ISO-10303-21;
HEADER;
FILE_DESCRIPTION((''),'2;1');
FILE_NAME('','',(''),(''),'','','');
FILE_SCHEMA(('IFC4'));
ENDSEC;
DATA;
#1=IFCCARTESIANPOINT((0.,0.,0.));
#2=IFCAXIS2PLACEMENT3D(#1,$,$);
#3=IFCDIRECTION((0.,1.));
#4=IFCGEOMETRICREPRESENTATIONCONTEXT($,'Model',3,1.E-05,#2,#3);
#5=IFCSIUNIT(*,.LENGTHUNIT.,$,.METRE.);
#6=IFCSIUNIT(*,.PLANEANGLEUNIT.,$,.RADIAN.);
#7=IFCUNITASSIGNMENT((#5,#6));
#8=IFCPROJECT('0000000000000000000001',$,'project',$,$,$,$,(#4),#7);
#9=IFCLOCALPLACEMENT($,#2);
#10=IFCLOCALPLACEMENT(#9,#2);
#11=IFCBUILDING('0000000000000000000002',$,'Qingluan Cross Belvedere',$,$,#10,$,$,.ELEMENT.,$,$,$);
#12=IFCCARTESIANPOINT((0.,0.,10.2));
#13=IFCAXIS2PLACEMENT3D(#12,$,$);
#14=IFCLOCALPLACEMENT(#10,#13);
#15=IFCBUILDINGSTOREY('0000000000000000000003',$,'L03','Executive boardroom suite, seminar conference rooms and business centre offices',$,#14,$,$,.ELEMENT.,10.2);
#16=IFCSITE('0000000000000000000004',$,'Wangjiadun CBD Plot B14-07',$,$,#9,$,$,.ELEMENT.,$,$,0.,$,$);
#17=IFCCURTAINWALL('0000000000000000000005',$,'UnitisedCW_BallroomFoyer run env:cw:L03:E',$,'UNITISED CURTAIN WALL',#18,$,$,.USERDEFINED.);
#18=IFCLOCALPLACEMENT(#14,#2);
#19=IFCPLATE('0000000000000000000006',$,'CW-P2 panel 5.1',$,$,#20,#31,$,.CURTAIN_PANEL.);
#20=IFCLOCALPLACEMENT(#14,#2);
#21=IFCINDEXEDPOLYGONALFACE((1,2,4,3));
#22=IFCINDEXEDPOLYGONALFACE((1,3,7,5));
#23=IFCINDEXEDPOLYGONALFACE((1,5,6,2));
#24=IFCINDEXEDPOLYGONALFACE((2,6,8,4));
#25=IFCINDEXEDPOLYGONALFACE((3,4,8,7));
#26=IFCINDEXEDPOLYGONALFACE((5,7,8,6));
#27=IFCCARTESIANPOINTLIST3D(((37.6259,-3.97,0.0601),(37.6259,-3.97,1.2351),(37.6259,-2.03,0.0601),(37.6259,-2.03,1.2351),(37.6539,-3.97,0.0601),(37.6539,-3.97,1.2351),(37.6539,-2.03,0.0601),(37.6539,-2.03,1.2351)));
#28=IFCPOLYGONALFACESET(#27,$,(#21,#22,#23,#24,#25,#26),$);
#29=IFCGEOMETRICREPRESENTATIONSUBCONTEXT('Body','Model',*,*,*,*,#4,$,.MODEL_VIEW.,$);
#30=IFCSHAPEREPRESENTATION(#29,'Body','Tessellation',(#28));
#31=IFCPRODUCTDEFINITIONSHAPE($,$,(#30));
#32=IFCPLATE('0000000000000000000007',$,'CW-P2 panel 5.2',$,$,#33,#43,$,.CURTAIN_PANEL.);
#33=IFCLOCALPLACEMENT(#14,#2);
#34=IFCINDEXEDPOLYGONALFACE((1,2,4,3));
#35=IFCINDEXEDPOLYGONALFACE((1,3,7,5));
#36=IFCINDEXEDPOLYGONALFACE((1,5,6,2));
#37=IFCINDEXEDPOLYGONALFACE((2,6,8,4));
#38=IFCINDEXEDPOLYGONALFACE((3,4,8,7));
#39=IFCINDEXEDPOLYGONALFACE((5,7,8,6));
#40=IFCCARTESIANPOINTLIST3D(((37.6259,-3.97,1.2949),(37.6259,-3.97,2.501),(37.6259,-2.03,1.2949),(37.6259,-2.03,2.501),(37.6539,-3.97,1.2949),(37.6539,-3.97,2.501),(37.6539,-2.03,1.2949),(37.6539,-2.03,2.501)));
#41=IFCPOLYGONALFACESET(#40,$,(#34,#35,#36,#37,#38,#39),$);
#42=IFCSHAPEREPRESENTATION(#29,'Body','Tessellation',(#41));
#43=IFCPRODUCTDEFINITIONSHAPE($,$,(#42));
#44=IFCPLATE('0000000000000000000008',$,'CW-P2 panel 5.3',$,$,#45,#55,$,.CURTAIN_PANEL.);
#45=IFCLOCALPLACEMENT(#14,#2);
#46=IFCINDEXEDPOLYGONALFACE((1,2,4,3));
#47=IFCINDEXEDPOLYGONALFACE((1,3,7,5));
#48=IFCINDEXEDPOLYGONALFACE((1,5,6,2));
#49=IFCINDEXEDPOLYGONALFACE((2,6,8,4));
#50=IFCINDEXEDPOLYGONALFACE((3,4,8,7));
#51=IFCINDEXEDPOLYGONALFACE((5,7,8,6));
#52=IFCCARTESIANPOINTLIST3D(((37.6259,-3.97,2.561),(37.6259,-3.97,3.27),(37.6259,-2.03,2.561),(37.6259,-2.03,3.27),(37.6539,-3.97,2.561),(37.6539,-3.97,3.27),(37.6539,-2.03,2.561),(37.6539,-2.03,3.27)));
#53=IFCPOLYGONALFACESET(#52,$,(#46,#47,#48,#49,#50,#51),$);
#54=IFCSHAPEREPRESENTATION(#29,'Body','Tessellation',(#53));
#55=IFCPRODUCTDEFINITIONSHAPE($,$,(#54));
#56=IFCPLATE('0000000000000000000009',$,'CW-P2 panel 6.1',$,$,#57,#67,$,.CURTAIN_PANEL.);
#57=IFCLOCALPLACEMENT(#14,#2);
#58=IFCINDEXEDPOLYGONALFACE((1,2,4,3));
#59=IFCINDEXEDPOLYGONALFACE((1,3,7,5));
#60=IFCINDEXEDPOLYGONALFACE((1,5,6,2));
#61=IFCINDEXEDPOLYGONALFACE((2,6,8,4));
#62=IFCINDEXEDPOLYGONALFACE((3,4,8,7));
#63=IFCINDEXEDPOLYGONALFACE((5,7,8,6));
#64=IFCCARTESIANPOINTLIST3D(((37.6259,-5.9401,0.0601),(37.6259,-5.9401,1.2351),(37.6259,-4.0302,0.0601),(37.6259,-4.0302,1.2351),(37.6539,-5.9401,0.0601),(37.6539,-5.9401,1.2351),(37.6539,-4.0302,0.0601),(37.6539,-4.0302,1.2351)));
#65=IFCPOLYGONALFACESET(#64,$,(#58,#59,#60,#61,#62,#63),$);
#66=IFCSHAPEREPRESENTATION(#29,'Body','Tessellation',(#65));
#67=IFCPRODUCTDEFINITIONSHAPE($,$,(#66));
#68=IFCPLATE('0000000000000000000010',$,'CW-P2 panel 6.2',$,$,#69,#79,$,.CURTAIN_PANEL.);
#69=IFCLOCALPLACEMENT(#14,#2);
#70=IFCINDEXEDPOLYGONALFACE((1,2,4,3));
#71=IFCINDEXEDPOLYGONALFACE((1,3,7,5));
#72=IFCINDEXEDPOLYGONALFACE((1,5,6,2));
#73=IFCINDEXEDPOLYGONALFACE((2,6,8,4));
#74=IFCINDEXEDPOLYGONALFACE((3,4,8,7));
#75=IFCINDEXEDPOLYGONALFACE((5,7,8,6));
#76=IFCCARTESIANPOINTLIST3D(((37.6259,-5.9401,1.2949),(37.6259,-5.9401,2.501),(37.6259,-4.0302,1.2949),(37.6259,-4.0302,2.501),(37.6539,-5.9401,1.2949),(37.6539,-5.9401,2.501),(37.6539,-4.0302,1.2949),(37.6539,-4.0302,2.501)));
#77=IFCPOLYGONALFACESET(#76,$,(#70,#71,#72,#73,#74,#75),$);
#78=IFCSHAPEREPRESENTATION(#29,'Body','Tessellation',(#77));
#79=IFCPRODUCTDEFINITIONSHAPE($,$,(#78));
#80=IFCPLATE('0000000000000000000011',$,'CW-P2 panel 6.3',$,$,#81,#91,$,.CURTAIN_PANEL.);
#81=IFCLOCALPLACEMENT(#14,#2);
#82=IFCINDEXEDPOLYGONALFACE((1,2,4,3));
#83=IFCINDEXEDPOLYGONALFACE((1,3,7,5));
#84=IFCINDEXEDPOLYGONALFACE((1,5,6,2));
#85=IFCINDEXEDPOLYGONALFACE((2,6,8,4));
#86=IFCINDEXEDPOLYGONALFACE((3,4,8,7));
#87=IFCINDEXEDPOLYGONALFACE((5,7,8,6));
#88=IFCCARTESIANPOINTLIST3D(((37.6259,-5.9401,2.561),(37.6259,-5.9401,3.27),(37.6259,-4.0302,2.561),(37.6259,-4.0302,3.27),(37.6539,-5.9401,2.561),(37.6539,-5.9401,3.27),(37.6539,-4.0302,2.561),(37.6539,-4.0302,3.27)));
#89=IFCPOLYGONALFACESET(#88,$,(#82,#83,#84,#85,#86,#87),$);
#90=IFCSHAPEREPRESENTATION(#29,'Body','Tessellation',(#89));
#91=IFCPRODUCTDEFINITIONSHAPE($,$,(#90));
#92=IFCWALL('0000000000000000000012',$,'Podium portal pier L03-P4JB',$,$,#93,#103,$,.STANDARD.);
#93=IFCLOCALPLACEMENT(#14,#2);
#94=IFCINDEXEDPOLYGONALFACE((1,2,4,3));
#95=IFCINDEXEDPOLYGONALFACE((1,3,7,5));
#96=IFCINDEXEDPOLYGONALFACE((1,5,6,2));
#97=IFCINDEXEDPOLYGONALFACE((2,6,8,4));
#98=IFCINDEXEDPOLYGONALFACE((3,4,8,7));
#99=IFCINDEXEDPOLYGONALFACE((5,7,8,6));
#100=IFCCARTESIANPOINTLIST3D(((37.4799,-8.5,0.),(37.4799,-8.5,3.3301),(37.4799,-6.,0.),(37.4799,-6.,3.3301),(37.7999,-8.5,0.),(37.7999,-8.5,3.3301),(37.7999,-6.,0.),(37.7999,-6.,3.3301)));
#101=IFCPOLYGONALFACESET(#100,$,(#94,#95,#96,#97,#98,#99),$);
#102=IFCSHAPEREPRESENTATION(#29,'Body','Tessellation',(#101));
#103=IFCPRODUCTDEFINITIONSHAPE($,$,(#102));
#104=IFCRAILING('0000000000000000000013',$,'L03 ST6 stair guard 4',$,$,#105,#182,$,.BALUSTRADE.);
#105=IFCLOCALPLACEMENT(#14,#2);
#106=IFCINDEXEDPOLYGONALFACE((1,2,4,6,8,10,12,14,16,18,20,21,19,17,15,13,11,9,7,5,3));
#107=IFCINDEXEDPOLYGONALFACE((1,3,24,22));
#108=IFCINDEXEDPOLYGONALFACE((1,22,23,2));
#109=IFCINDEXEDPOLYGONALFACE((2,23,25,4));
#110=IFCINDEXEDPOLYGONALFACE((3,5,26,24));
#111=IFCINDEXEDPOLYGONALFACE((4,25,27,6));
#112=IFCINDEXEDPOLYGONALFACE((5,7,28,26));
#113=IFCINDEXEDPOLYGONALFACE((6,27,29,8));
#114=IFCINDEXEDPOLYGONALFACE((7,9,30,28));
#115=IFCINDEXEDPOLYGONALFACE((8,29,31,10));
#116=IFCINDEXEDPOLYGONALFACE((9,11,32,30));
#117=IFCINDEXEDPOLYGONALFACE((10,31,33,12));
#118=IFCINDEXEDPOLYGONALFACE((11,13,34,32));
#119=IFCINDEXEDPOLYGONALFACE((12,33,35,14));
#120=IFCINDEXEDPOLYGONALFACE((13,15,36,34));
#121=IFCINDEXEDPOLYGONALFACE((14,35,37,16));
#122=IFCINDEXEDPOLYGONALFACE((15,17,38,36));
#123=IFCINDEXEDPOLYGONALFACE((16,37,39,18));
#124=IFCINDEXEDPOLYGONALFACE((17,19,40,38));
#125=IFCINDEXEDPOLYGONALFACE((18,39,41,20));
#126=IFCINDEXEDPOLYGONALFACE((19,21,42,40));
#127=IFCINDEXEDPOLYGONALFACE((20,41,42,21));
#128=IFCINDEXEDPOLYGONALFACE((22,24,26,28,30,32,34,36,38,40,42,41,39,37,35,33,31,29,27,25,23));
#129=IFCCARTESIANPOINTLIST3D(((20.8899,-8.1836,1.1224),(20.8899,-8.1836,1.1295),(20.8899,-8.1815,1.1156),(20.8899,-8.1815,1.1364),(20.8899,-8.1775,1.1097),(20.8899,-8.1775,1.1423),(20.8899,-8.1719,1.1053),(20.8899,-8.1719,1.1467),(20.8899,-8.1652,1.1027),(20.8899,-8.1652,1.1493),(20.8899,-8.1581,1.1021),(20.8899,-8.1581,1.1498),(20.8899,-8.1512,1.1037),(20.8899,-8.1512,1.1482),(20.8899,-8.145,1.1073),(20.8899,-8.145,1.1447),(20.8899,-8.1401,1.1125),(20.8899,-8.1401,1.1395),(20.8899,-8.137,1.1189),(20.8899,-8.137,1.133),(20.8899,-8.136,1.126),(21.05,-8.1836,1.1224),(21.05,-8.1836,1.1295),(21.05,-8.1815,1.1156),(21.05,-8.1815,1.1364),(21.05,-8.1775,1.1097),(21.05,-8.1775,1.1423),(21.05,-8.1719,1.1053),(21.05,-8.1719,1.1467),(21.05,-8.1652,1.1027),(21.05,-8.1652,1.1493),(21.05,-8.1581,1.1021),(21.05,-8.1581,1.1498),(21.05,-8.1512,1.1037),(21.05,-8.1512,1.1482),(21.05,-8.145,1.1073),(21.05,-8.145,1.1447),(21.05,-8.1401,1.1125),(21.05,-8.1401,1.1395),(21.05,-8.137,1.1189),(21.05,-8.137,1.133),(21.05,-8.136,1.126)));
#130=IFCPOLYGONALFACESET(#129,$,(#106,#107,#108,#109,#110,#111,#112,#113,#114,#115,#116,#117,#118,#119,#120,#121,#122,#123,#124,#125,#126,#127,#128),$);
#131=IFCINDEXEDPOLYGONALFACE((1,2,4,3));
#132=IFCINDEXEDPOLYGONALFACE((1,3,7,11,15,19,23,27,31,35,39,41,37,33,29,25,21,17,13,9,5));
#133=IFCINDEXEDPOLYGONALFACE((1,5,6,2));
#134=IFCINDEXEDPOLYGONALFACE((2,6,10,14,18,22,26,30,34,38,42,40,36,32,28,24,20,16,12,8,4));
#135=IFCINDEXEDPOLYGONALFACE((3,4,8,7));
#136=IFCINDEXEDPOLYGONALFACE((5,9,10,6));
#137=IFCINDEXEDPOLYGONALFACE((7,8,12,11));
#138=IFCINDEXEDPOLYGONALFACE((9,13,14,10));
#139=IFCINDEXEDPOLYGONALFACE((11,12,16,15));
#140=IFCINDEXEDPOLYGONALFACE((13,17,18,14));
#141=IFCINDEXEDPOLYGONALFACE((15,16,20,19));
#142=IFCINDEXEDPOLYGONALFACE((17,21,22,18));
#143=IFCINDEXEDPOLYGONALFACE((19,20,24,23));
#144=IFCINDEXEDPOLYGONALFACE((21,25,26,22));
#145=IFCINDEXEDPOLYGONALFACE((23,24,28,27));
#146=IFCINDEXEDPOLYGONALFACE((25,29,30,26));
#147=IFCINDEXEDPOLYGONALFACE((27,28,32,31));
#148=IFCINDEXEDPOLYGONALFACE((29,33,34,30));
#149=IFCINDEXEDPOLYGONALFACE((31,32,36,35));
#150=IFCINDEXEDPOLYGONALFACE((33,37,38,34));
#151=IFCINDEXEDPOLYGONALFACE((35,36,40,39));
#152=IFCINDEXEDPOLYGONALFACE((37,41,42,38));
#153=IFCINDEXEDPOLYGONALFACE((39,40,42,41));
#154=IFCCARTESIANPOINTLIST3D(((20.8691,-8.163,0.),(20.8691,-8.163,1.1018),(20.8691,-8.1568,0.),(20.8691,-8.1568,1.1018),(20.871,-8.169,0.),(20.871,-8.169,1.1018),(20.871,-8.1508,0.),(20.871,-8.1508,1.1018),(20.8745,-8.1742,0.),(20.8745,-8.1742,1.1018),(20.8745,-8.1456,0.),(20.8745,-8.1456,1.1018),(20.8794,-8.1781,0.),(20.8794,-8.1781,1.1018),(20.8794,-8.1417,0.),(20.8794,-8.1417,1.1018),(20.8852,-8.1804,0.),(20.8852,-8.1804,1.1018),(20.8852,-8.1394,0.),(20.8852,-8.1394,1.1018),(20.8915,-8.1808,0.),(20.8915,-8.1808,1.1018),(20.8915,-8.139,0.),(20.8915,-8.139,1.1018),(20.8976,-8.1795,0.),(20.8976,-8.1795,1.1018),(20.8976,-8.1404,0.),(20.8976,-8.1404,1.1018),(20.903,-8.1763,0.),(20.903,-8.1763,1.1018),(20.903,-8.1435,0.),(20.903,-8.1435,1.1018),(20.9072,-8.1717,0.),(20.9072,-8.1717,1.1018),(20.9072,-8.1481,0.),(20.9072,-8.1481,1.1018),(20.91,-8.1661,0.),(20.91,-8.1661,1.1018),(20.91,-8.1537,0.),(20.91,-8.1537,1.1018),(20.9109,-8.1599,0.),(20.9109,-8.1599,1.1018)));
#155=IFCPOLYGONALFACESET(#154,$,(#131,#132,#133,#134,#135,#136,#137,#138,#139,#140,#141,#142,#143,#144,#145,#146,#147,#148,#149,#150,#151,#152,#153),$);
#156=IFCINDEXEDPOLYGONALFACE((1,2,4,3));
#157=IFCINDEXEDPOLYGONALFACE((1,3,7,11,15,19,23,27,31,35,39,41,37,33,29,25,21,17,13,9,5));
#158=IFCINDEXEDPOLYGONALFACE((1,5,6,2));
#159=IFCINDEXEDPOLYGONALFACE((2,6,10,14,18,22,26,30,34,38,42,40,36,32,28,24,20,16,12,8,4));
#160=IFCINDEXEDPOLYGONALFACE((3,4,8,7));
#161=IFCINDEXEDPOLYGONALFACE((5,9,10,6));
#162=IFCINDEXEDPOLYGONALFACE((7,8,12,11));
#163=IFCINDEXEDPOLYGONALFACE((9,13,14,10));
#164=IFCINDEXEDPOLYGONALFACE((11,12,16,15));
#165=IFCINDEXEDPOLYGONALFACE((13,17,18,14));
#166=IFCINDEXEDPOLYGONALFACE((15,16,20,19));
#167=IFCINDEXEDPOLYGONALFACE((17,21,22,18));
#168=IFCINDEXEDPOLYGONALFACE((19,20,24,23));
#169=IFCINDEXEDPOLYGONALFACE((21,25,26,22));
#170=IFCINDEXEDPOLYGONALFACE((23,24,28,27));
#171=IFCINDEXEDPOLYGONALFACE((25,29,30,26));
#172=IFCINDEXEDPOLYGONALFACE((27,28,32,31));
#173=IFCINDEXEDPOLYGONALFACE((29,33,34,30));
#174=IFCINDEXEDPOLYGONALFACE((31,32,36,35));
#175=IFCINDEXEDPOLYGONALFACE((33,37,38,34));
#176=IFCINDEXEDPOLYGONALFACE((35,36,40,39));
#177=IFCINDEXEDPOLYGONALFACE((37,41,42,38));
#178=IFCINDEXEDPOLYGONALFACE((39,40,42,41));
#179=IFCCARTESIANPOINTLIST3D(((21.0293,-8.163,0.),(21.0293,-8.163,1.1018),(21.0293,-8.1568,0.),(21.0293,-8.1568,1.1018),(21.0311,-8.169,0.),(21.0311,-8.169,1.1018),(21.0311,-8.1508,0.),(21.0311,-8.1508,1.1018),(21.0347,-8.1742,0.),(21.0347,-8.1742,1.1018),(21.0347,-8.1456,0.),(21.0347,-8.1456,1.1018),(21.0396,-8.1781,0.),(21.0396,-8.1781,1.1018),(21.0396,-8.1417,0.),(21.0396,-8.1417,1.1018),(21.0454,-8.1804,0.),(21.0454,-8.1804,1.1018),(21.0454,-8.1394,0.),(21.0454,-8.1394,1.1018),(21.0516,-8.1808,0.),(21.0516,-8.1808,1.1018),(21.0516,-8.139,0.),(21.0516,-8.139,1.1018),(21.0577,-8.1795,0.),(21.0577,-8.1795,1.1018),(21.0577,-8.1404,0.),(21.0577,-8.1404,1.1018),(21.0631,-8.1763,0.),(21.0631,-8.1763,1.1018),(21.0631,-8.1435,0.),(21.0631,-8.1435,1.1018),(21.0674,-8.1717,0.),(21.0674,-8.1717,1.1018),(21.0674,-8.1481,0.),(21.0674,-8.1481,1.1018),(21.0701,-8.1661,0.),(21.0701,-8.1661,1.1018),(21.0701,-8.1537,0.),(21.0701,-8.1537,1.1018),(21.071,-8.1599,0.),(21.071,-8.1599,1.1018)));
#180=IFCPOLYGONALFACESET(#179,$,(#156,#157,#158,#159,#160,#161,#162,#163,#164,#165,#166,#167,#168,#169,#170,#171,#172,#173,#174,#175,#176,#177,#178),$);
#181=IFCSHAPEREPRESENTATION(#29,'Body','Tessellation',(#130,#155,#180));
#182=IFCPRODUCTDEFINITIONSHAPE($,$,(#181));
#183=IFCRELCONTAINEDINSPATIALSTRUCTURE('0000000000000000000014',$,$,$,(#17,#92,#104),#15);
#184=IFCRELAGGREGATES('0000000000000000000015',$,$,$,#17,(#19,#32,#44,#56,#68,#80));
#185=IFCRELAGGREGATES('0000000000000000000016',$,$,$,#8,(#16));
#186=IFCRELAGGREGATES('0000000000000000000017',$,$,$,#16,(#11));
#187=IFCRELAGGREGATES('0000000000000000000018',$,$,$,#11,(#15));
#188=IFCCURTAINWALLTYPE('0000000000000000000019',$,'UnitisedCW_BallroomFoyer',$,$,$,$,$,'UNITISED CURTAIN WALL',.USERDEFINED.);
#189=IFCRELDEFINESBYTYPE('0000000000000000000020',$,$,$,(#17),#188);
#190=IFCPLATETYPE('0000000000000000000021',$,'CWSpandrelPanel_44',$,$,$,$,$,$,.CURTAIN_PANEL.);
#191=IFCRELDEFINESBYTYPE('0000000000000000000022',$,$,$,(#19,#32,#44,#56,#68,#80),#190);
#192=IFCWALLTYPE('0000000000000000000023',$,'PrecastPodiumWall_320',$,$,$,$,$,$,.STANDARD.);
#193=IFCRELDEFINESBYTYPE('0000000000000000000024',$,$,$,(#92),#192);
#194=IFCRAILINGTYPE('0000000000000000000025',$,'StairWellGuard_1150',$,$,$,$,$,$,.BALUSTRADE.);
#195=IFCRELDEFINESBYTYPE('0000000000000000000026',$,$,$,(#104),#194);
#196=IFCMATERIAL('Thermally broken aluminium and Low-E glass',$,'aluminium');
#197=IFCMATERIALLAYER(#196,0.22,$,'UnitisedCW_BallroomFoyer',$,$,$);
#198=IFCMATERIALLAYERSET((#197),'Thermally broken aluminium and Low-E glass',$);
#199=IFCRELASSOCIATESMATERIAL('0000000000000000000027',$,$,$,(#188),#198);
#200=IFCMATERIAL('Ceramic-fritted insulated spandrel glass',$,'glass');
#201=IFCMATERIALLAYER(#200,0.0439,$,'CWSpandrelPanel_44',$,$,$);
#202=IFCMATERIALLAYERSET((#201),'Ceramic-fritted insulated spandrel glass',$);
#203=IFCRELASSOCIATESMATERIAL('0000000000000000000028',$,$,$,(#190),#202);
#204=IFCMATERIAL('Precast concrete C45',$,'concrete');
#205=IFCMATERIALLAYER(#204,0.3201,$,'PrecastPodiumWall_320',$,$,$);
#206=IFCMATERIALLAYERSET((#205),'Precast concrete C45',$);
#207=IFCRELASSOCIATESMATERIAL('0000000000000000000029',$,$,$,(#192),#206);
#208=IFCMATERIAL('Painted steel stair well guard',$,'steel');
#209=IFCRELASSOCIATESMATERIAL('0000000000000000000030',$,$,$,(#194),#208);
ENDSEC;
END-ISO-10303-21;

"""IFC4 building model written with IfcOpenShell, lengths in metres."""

from ifc_helpers import new_model, si_unit, direction, frame, frame_2d, origin, origin_2d, place, context, subcontext, project, spatial, rectangle, circle, extrude, material, layer, layer_set, type_object, element, aggregate, save


model = new_model("IFC4")

# Units and contexts
model_context = context("Model", 3, precision=1e-05, world=origin(), true_north=direction((0.0, 1.0)))
body_context = subcontext(model_context, "Body", "Model", "MODEL_VIEW")
ifc_project = project(units=[si_unit("LENGTHUNIT", "METRE"), si_unit("PLANEANGLEUNIT", "RADIAN")], contexts=[model_context])

# Site, building, storey
site_placement = place(None, origin())
site = spatial("IfcSite", under=ifc_project, at=site_placement, Name="Wangjiadun CBD Plot B14-07", CompositionType="ELEMENT", RefElevation=0.0)
building_placement = place(site_placement, origin())
building = spatial("IfcBuilding", under=site, at=building_placement, Name="Qingluan Cross Belvedere", CompositionType="ELEMENT")
storey_placement = place(building_placement, frame((0.0, 0.0, 10.2)))
storey = spatial("IfcBuildingStorey", under=building, at=storey_placement, Name="L03", Description="Executive boardroom suite, seminar conference rooms and business centre offices", CompositionType="ELEMENT", Elevation=10.2)

# Curtain wall
ifc_material_1 = material(Name="Thermally broken aluminium and Low-E glass", Category="aluminium")
ifc_layer_1 = layer(ifc_material_1, 0.22, Name="UnitisedCW_BallroomFoyer")
ifc_layer_set_1 = layer_set([ifc_layer_1], Name="Thermally broken aluminium and Low-E glass")
curtain_wall_type = type_object("IfcCurtainWallType", Name="UnitisedCW_BallroomFoyer", ElementType="UNITISED CURTAIN WALL", PredefinedType="USERDEFINED", material=ifc_layer_set_1)
curtain_wall_placement = place(storey_placement, origin())
curtain_wall = element("IfcCurtainWall", 1, at=curtain_wall_placement, inside=storey, type_object=curtain_wall_type, Name="UnitisedCW_BallroomFoyer run env:cw:L03:E", ObjectType="UNITISED CURTAIN WALL", PredefinedType="USERDEFINED")

# Plates
ifc_material_2 = material(Name="Ceramic-fritted insulated spandrel glass", Category="glass")
ifc_layer_2 = layer(ifc_material_2, 0.0439, Name="CWSpandrelPanel_44")
ifc_layer_set_2 = layer_set([ifc_layer_2], Name="Ceramic-fritted insulated spandrel glass")
plate_type = type_object("IfcPlateType", Name="CWSpandrelPanel_44", PredefinedType="CURTAIN_PANEL", material=ifc_layer_set_2)
plate_1_placement = place(storey_placement, frame((37.6399, -3.0, 0.0601), z_axis=(0.0, 0.0, 1.0), x_axis=(0.0, -1.0, 0.0)))
plate_1 = element("IfcPlate", 2, at=plate_1_placement, type_object=plate_type, Name="CW-P2 panel 5.1", PredefinedType="CURTAIN_PANEL", context=body_context, shape_type="SweptSolid", body=[
    extrude(rectangle(XDim=1.9399, YDim=0.0281, at=origin_2d()), origin(), (0.0, 0.0, 1.0), 1.175),
])
plate_2_placement = place(storey_placement, frame((37.6399, -3.0, 1.2949), z_axis=(0.0, 0.0, 1.0), x_axis=(0.0, -1.0, 0.0)))
plate_2 = element("IfcPlate", 3, at=plate_2_placement, type_object=plate_type, Name="CW-P2 panel 5.2", PredefinedType="CURTAIN_PANEL", context=body_context, shape_type="SweptSolid", body=[
    extrude(rectangle(XDim=1.9399, YDim=0.0281, at=origin_2d()), origin(), (0.0, 0.0, 1.0), 1.2061),
])
plate_3_placement = place(storey_placement, frame((37.6399, -3.0, 2.561), z_axis=(0.0, 0.0, 1.0), x_axis=(0.0, -1.0, 0.0)))
plate_3 = element("IfcPlate", 4, at=plate_3_placement, type_object=plate_type, Name="CW-P2 panel 5.3", PredefinedType="CURTAIN_PANEL", context=body_context, shape_type="SweptSolid", body=[
    extrude(rectangle(XDim=1.9399, YDim=0.0281, at=origin_2d()), origin(), (0.0, 0.0, 1.0), 0.709),
])
plate_4_placement = place(storey_placement, frame((37.6399, -4.9851, 0.0601), z_axis=(0.0, 0.0, 1.0), x_axis=(0.0, -1.0, 0.0)))
plate_4 = element("IfcPlate", 5, at=plate_4_placement, type_object=plate_type, Name="CW-P2 panel 6.1", PredefinedType="CURTAIN_PANEL", context=body_context, shape_type="SweptSolid", body=[
    extrude(rectangle(XDim=1.9099, YDim=0.0281, at=origin_2d()), origin(), (0.0, 0.0, 1.0), 1.175),
])
plate_5_placement = place(storey_placement, frame((37.6399, -4.9851, 1.2949), z_axis=(0.0, 0.0, 1.0), x_axis=(0.0, -1.0, 0.0)))
plate_5 = element("IfcPlate", 6, at=plate_5_placement, type_object=plate_type, Name="CW-P2 panel 6.2", PredefinedType="CURTAIN_PANEL", context=body_context, shape_type="SweptSolid", body=[
    extrude(rectangle(XDim=1.9099, YDim=0.0281, at=origin_2d()), origin(), (0.0, 0.0, 1.0), 1.2061),
])
plate_6_placement = place(storey_placement, frame((37.6399, -4.9851, 2.561), z_axis=(0.0, 0.0, 1.0), x_axis=(0.0, -1.0, 0.0)))
plate_6 = element("IfcPlate", 7, at=plate_6_placement, type_object=plate_type, Name="CW-P2 panel 6.3", PredefinedType="CURTAIN_PANEL", context=body_context, shape_type="SweptSolid", body=[
    extrude(rectangle(XDim=1.9099, YDim=0.0281, at=origin_2d()), origin(), (0.0, 0.0, 1.0), 0.709),
])
aggregate(curtain_wall, [plate_1, plate_2, plate_3, plate_4, plate_5, plate_6])

# Wall
ifc_material_3 = material(Name="Precast concrete C45", Category="concrete")
ifc_layer_3 = layer(ifc_material_3, 0.3201, Name="PrecastPodiumWall_320")
ifc_layer_set_3 = layer_set([ifc_layer_3], Name="Precast concrete C45")
wall_type = type_object("IfcWallType", Name="PrecastPodiumWall_320", PredefinedType="STANDARD", material=ifc_layer_set_3)
wall_placement = place(storey_placement, frame((37.6399, -6.0, 0.0), z_axis=(0.0, 0.0, 1.0), x_axis=(0.0, -1.0, 0.0)))
element("IfcWall", 8, at=wall_placement, inside=storey, type_object=wall_type, Name="Podium portal pier L03-P4JB", PredefinedType="STANDARD", context=body_context, shape_type="SweptSolid", body=[
    extrude(rectangle(XDim=2.5, YDim=0.3201, at=frame_2d((1.25, 0.0))), origin(), (0.0, 0.0, 1.0), 3.3301),
])

# Railing
ifc_material_4 = material(Name="Painted steel stair well guard", Category="steel")
railing_type = type_object("IfcRailingType", Name="StairWellGuard_1150", PredefinedType="BALUSTRADE", material=ifc_material_4)
railing_placement = place(storey_placement, frame((20.8899, -8.1599, 0.0)))
element("IfcRailing", 9, at=railing_placement, inside=storey, type_object=railing_type, Name="L03 ST6 stair guard 4", PredefinedType="BALUSTRADE", context=body_context, shape_type="SweptSolid", body=[
    extrude(circle(Radius=0.0239, at=origin_2d()), frame((0.0, 0.0, 1.126), z_axis=(1.0, 0.0, 0.0), x_axis=(0.0, 1.0, 0.0)), (0.0, 0.0, 1.0), 0.1602),
    extrude(circle(Radius=0.021, at=origin_2d()), origin(), (0.0, 0.0, 1.0), 1.1018),
    extrude(circle(Radius=0.021, at=origin_2d()), frame((0.1602, 0.0, 0.0)), (0.0, 0.0, 1.0), 1.1018),
])

save(model, "model.ifc")
